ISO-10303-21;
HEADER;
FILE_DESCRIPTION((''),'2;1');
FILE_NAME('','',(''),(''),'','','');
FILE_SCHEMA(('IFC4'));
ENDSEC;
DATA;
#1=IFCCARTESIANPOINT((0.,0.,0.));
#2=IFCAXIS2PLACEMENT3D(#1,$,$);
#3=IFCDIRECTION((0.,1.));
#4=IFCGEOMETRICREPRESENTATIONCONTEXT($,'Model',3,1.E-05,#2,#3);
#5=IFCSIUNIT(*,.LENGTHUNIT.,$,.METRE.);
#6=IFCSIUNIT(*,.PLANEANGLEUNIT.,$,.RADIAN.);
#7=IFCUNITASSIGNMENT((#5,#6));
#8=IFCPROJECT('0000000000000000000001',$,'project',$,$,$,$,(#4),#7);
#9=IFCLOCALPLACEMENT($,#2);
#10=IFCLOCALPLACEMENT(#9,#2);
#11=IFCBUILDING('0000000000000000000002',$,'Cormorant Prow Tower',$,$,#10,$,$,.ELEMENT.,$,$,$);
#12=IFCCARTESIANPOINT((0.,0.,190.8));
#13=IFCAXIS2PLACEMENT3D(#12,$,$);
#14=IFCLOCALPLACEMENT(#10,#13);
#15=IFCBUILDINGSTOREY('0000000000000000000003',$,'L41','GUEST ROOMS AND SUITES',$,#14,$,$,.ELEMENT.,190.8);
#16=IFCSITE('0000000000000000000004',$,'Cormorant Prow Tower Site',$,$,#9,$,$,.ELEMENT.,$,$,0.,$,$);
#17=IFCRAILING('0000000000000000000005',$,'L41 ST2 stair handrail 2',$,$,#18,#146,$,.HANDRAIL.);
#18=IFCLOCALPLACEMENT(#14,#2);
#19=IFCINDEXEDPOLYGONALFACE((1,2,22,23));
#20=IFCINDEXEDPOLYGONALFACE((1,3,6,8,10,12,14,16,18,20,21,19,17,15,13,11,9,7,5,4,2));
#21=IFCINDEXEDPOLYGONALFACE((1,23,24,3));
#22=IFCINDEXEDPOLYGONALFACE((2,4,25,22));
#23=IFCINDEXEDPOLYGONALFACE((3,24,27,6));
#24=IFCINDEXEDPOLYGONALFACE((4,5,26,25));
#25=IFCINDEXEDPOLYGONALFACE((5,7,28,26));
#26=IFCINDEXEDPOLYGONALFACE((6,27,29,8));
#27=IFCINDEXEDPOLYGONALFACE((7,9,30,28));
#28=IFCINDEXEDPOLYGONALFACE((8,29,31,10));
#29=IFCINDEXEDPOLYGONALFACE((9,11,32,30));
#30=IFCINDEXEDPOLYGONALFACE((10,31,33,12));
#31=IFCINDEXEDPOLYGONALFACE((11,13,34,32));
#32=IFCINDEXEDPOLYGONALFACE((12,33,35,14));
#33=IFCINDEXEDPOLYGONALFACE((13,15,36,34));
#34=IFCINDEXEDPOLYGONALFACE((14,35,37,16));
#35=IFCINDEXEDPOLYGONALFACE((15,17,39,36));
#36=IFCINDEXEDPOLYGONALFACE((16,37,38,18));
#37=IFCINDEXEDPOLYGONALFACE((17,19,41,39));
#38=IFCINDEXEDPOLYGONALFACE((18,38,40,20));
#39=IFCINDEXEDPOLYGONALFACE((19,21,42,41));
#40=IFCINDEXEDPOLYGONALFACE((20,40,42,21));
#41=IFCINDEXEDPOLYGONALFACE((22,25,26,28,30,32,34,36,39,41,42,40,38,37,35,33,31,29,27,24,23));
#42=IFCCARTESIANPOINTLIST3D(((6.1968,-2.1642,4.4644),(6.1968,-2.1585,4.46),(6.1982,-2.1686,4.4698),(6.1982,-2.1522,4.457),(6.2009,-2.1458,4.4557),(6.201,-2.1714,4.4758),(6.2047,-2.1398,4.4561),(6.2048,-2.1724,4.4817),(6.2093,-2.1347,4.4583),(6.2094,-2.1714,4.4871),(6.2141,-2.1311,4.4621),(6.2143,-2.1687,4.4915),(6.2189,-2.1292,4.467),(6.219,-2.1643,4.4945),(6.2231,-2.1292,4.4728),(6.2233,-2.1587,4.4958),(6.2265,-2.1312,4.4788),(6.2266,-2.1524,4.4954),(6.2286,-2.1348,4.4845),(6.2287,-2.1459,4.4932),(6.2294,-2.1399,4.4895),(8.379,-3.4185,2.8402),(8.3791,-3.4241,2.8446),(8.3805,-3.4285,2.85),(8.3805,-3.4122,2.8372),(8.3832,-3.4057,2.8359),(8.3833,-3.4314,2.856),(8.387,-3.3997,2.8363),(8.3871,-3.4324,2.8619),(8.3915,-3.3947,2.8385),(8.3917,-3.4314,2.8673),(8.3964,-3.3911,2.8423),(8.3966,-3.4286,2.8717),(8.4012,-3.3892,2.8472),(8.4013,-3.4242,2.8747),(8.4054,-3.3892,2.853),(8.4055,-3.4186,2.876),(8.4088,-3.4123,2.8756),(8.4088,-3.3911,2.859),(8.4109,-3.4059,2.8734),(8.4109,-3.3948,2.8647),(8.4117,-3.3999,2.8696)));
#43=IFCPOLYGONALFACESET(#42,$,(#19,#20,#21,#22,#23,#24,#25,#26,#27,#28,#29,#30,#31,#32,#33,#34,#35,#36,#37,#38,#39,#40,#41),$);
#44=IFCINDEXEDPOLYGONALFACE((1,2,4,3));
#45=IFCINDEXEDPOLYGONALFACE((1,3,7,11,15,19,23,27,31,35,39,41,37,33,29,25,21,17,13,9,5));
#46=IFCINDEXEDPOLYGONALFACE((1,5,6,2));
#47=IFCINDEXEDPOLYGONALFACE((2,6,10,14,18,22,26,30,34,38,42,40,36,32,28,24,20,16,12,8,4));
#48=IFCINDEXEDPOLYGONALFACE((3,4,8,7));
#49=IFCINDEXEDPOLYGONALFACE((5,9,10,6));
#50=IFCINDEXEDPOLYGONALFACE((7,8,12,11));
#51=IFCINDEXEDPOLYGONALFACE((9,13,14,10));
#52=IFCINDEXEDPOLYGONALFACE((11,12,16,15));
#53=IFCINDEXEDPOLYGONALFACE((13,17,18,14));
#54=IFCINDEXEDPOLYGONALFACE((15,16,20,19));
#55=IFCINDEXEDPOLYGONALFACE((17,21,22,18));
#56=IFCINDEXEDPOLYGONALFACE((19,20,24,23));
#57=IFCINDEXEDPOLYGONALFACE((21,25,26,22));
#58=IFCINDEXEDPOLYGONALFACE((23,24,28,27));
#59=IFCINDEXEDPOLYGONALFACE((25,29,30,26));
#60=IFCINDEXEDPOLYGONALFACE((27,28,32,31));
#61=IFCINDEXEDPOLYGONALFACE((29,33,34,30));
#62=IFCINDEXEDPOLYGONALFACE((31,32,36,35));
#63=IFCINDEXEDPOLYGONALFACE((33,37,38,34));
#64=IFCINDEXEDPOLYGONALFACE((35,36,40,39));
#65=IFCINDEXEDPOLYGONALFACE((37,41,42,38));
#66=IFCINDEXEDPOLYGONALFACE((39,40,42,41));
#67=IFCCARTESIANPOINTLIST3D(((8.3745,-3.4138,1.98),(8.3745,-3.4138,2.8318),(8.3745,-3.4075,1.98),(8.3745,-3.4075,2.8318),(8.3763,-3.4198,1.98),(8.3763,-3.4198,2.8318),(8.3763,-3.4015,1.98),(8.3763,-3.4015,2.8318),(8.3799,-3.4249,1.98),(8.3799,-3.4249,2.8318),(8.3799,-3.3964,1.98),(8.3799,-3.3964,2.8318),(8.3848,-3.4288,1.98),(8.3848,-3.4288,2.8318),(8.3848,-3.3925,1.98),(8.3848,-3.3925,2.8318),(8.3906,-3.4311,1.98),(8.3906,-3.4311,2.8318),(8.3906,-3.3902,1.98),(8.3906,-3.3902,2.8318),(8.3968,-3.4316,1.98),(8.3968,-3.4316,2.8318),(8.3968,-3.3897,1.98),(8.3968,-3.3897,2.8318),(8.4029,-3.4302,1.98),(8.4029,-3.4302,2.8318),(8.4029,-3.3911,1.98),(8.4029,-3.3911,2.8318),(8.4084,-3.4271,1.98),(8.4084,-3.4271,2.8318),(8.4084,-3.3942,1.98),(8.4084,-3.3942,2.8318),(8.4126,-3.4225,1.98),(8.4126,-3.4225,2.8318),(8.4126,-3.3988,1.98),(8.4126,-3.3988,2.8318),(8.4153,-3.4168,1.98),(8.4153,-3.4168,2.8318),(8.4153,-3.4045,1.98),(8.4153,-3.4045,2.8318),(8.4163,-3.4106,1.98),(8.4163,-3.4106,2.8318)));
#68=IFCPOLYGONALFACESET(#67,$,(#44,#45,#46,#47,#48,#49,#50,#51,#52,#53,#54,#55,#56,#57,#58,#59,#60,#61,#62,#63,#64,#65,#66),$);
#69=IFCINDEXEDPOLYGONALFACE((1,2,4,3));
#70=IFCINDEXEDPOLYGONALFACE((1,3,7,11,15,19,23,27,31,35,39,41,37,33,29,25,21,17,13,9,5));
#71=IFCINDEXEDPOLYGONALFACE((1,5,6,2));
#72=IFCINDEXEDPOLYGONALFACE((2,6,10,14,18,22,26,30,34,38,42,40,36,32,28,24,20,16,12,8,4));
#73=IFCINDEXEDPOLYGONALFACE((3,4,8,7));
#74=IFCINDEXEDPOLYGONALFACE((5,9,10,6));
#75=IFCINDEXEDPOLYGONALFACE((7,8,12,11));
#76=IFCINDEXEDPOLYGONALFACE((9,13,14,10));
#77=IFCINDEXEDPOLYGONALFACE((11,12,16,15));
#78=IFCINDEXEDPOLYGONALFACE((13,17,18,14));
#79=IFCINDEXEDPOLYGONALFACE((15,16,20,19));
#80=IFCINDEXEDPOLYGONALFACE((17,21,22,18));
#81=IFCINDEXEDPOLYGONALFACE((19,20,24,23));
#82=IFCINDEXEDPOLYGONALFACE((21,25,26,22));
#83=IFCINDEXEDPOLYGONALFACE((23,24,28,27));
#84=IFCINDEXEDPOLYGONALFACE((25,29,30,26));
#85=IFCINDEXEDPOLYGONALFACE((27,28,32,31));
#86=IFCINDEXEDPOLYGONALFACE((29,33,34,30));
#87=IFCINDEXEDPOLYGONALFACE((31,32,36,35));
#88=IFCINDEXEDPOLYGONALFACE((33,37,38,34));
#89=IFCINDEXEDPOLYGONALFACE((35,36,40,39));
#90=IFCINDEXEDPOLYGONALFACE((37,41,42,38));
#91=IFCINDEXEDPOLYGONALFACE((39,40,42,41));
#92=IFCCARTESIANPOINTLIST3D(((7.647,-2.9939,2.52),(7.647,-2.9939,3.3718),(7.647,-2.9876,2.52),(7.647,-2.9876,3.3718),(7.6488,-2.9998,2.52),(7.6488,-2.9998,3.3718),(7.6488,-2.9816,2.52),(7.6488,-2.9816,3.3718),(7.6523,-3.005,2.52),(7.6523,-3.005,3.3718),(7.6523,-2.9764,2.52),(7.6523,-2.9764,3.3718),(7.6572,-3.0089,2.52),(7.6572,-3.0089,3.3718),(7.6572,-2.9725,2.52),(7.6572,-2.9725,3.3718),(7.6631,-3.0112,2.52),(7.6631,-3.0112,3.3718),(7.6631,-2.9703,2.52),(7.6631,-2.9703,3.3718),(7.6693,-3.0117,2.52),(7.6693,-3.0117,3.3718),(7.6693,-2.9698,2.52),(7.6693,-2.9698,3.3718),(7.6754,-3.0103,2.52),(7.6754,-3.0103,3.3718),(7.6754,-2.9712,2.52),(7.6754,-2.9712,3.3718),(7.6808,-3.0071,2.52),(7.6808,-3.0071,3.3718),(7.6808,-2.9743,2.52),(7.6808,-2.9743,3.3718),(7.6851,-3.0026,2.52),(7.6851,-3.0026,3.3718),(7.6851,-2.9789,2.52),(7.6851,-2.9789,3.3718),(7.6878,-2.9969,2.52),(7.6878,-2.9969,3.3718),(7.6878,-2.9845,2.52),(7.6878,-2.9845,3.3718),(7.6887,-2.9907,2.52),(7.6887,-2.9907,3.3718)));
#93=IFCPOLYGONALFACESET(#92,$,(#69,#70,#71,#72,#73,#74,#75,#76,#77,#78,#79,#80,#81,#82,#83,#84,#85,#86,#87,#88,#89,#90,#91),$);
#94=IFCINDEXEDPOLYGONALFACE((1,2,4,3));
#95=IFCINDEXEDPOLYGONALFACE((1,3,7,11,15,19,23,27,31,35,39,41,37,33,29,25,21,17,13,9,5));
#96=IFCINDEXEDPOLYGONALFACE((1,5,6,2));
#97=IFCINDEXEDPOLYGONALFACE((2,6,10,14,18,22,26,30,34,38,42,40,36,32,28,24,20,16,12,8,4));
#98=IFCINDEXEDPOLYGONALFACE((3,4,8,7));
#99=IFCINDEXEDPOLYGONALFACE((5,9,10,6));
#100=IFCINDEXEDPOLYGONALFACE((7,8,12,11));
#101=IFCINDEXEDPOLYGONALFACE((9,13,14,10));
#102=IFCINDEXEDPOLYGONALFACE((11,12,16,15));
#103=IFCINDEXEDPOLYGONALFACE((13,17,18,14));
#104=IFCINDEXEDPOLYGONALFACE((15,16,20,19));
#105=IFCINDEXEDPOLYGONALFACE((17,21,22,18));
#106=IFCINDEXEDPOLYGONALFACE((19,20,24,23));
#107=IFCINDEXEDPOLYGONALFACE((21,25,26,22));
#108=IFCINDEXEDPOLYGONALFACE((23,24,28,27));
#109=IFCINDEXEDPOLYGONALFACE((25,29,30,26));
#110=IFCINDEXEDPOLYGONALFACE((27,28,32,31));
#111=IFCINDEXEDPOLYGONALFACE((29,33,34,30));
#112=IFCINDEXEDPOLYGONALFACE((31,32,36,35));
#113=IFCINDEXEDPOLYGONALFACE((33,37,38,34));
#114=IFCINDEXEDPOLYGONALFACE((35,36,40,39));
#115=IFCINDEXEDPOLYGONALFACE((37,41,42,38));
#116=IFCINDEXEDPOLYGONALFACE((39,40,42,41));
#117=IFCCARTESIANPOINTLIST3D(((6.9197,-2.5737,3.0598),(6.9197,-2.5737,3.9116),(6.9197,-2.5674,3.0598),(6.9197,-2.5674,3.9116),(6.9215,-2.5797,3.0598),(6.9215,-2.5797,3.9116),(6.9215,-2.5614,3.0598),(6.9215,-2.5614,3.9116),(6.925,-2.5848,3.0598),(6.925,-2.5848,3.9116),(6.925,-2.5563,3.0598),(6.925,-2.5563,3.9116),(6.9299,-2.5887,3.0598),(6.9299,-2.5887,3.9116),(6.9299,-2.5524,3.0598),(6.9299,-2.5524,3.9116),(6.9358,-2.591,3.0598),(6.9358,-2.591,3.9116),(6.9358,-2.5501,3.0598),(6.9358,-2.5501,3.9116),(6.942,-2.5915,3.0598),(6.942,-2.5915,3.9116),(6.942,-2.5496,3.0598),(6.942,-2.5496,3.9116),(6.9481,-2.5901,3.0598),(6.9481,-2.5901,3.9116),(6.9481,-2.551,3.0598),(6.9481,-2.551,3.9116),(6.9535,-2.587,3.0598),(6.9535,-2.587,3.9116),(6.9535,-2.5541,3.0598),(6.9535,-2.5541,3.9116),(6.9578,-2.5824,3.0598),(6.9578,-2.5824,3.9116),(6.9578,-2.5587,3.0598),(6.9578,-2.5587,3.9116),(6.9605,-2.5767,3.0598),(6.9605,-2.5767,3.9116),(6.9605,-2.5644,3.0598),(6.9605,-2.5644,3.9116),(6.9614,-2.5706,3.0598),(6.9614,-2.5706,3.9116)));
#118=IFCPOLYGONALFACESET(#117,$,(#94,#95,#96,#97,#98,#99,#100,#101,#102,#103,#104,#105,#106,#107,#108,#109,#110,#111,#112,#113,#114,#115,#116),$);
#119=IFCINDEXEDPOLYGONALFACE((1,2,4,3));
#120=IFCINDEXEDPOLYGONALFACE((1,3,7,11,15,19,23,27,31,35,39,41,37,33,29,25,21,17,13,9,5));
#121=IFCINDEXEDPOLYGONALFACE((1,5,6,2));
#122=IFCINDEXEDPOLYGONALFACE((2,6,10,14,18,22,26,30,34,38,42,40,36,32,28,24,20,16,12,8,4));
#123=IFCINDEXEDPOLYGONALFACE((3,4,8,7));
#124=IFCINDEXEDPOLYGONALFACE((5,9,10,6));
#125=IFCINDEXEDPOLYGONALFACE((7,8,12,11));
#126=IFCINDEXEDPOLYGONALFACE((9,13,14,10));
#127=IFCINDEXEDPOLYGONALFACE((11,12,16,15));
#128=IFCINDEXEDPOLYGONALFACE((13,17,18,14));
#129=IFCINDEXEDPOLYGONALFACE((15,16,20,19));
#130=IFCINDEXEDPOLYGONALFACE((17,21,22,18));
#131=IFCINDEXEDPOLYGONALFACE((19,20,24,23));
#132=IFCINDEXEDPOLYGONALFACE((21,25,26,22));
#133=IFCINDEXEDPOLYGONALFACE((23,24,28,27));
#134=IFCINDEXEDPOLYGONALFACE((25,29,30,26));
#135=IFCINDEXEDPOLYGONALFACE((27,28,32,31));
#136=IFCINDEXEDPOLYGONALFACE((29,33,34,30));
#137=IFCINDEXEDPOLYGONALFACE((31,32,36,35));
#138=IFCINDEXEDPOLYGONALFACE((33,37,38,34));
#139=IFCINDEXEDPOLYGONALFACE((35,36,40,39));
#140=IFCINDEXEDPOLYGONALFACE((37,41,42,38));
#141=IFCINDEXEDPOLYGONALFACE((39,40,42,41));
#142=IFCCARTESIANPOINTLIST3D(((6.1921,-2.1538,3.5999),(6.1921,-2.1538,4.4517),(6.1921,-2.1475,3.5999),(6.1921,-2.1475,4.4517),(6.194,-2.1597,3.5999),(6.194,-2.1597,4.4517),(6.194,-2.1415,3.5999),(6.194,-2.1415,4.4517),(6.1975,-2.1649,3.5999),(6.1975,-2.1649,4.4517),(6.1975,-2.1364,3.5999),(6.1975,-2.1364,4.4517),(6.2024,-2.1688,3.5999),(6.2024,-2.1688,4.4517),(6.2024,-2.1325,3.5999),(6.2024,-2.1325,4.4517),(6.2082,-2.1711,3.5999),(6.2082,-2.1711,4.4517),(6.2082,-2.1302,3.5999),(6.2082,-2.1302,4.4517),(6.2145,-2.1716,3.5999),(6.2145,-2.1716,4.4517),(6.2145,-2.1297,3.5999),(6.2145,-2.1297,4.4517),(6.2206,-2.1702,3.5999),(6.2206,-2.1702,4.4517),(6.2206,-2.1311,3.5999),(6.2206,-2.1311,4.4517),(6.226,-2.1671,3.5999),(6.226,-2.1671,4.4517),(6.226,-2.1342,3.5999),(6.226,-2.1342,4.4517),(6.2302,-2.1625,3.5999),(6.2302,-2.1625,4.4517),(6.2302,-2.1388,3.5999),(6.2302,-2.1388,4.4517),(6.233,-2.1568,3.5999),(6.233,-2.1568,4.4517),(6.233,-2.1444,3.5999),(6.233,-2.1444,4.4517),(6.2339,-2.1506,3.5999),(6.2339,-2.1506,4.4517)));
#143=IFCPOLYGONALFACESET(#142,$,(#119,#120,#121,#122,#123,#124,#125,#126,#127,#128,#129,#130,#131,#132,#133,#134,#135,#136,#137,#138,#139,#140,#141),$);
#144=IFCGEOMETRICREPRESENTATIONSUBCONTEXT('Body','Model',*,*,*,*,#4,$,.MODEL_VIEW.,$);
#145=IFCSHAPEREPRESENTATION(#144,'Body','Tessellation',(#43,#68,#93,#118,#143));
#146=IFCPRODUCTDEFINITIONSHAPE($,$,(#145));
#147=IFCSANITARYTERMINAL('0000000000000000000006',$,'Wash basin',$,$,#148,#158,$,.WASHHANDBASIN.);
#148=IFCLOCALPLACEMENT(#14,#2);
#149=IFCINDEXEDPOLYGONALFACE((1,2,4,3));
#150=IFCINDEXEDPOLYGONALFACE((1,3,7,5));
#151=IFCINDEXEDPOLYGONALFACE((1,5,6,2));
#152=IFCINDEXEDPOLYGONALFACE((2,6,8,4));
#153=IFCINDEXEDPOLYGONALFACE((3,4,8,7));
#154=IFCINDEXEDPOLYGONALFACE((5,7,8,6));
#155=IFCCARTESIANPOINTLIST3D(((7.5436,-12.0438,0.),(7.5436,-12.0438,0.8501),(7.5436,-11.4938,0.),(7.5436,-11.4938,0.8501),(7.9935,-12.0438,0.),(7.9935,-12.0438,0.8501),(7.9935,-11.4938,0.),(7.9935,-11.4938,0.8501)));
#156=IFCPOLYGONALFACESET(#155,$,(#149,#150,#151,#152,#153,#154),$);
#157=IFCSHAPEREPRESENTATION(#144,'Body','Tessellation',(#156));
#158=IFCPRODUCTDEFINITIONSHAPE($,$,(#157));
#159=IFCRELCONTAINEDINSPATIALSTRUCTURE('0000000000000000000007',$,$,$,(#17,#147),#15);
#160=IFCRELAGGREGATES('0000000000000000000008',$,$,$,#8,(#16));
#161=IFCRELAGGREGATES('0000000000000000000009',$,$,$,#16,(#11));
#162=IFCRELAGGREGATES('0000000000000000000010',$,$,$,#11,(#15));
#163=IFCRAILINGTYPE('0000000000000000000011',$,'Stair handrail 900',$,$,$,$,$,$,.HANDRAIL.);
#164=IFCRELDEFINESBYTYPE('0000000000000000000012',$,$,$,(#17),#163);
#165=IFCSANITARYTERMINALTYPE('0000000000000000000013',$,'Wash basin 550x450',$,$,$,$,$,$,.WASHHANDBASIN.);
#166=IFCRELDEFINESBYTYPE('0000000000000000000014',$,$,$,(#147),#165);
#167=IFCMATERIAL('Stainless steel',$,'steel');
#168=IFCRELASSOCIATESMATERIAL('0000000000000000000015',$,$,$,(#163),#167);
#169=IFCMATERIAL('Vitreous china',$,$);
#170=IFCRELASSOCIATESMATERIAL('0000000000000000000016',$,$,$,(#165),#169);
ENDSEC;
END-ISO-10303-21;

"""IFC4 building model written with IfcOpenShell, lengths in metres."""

from ifc_helpers import new_model, si_unit, direction, frame, origin, origin_2d, place, context, subcontext, project, spatial, rectangle, circle, extrude, material, type_object, element, save


model = new_model("IFC4")

# Units and contexts
model_context = context("Model", 3, precision=1e-05, world=origin(), true_north=direction((0.0, 1.0)))
body_context = subcontext(model_context, "Body", "Model", "MODEL_VIEW")
ifc_project = project(units=[si_unit("LENGTHUNIT", "METRE"), si_unit("PLANEANGLEUNIT", "RADIAN")], contexts=[model_context])

# Site, building, storey
site_placement = place(None, origin())
site = spatial("IfcSite", under=ifc_project, at=site_placement, Name="Cormorant Prow Tower Site", CompositionType="ELEMENT", RefElevation=0.0)
building_placement = place(site_placement, origin())
building = spatial("IfcBuilding", under=site, at=building_placement, Name="Cormorant Prow Tower", CompositionType="ELEMENT")
storey_placement = place(building_placement, frame((0.0, 0.0, 190.8)))
storey = spatial("IfcBuildingStorey", under=building, at=storey_placement, Name="L41", Description="GUEST ROOMS AND SUITES", CompositionType="ELEMENT", Elevation=190.8)

# Railing
ifc_material_1 = material(Name="Stainless steel", Category="steel")
railing_type_1 = type_object("IfcRailingType", Name="Stair handrail 900", PredefinedType="HANDRAIL", material=ifc_material_1)
railing_1_placement = place(storey_placement, frame((8.3953, -3.4106, 1.98)))
element("IfcRailing", 1, at=railing_1_placement, inside=storey, type_object=railing_type_1, Name="L41 ST2 stair handrail 2", PredefinedType="HANDRAIL", context=body_context, shape_type="SweptSolid", body=[
    extrude(circle(Radius=0.0239, at=origin_2d()), frame((0.0, 0.0, 0.876), z_axis=(-0.728496, 0.420603, 0.540728), x_axis=(-0.500005, -0.866023, 0.0)), (0.0, 0.0, 1.0), 2.9956),
    extrude(circle(Radius=0.021, at=origin_2d()), origin(), (0.0, 0.0, 1.0), 0.8518),
    extrude(circle(Radius=0.021, at=origin_2d()), frame((-0.7275, 0.4199, 0.54)), (0.0, 0.0, 1.0), 0.8518),
    extrude(circle(Radius=0.021, at=origin_2d()), frame((-1.4548, 0.8401, 1.0798)), (0.0, 0.0, 1.0), 0.8518),
    extrude(circle(Radius=0.021, at=origin_2d()), frame((-2.1824, 1.26, 1.6199)), (0.0, 0.0, 1.0), 0.8518),
])

# Sanitary terminal
ifc_material_2 = material(Name="Vitreous china")
sanitary_terminal_type = type_object("IfcSanitaryTerminalType", Name="Wash basin 550x450", PredefinedType="WASHHANDBASIN", material=ifc_material_2)
sanitary_terminal_placement = place(storey_placement, frame((7.7686, -11.7688, 0.0), z_axis=(0.0, 0.0, 1.0), x_axis=(0.0, -1.0, 0.0)))
element("IfcSanitaryTerminal", 2, at=sanitary_terminal_placement, inside=storey, type_object=sanitary_terminal_type, Name="Wash basin", PredefinedType="WASHHANDBASIN", context=body_context, shape_type="SweptSolid", body=[
    extrude(rectangle(XDim=0.55, YDim=0.45, at=origin_2d()), origin(), (0.0, 0.0, 1.0), 0.8501),
])

save(model, "model.ifc")
